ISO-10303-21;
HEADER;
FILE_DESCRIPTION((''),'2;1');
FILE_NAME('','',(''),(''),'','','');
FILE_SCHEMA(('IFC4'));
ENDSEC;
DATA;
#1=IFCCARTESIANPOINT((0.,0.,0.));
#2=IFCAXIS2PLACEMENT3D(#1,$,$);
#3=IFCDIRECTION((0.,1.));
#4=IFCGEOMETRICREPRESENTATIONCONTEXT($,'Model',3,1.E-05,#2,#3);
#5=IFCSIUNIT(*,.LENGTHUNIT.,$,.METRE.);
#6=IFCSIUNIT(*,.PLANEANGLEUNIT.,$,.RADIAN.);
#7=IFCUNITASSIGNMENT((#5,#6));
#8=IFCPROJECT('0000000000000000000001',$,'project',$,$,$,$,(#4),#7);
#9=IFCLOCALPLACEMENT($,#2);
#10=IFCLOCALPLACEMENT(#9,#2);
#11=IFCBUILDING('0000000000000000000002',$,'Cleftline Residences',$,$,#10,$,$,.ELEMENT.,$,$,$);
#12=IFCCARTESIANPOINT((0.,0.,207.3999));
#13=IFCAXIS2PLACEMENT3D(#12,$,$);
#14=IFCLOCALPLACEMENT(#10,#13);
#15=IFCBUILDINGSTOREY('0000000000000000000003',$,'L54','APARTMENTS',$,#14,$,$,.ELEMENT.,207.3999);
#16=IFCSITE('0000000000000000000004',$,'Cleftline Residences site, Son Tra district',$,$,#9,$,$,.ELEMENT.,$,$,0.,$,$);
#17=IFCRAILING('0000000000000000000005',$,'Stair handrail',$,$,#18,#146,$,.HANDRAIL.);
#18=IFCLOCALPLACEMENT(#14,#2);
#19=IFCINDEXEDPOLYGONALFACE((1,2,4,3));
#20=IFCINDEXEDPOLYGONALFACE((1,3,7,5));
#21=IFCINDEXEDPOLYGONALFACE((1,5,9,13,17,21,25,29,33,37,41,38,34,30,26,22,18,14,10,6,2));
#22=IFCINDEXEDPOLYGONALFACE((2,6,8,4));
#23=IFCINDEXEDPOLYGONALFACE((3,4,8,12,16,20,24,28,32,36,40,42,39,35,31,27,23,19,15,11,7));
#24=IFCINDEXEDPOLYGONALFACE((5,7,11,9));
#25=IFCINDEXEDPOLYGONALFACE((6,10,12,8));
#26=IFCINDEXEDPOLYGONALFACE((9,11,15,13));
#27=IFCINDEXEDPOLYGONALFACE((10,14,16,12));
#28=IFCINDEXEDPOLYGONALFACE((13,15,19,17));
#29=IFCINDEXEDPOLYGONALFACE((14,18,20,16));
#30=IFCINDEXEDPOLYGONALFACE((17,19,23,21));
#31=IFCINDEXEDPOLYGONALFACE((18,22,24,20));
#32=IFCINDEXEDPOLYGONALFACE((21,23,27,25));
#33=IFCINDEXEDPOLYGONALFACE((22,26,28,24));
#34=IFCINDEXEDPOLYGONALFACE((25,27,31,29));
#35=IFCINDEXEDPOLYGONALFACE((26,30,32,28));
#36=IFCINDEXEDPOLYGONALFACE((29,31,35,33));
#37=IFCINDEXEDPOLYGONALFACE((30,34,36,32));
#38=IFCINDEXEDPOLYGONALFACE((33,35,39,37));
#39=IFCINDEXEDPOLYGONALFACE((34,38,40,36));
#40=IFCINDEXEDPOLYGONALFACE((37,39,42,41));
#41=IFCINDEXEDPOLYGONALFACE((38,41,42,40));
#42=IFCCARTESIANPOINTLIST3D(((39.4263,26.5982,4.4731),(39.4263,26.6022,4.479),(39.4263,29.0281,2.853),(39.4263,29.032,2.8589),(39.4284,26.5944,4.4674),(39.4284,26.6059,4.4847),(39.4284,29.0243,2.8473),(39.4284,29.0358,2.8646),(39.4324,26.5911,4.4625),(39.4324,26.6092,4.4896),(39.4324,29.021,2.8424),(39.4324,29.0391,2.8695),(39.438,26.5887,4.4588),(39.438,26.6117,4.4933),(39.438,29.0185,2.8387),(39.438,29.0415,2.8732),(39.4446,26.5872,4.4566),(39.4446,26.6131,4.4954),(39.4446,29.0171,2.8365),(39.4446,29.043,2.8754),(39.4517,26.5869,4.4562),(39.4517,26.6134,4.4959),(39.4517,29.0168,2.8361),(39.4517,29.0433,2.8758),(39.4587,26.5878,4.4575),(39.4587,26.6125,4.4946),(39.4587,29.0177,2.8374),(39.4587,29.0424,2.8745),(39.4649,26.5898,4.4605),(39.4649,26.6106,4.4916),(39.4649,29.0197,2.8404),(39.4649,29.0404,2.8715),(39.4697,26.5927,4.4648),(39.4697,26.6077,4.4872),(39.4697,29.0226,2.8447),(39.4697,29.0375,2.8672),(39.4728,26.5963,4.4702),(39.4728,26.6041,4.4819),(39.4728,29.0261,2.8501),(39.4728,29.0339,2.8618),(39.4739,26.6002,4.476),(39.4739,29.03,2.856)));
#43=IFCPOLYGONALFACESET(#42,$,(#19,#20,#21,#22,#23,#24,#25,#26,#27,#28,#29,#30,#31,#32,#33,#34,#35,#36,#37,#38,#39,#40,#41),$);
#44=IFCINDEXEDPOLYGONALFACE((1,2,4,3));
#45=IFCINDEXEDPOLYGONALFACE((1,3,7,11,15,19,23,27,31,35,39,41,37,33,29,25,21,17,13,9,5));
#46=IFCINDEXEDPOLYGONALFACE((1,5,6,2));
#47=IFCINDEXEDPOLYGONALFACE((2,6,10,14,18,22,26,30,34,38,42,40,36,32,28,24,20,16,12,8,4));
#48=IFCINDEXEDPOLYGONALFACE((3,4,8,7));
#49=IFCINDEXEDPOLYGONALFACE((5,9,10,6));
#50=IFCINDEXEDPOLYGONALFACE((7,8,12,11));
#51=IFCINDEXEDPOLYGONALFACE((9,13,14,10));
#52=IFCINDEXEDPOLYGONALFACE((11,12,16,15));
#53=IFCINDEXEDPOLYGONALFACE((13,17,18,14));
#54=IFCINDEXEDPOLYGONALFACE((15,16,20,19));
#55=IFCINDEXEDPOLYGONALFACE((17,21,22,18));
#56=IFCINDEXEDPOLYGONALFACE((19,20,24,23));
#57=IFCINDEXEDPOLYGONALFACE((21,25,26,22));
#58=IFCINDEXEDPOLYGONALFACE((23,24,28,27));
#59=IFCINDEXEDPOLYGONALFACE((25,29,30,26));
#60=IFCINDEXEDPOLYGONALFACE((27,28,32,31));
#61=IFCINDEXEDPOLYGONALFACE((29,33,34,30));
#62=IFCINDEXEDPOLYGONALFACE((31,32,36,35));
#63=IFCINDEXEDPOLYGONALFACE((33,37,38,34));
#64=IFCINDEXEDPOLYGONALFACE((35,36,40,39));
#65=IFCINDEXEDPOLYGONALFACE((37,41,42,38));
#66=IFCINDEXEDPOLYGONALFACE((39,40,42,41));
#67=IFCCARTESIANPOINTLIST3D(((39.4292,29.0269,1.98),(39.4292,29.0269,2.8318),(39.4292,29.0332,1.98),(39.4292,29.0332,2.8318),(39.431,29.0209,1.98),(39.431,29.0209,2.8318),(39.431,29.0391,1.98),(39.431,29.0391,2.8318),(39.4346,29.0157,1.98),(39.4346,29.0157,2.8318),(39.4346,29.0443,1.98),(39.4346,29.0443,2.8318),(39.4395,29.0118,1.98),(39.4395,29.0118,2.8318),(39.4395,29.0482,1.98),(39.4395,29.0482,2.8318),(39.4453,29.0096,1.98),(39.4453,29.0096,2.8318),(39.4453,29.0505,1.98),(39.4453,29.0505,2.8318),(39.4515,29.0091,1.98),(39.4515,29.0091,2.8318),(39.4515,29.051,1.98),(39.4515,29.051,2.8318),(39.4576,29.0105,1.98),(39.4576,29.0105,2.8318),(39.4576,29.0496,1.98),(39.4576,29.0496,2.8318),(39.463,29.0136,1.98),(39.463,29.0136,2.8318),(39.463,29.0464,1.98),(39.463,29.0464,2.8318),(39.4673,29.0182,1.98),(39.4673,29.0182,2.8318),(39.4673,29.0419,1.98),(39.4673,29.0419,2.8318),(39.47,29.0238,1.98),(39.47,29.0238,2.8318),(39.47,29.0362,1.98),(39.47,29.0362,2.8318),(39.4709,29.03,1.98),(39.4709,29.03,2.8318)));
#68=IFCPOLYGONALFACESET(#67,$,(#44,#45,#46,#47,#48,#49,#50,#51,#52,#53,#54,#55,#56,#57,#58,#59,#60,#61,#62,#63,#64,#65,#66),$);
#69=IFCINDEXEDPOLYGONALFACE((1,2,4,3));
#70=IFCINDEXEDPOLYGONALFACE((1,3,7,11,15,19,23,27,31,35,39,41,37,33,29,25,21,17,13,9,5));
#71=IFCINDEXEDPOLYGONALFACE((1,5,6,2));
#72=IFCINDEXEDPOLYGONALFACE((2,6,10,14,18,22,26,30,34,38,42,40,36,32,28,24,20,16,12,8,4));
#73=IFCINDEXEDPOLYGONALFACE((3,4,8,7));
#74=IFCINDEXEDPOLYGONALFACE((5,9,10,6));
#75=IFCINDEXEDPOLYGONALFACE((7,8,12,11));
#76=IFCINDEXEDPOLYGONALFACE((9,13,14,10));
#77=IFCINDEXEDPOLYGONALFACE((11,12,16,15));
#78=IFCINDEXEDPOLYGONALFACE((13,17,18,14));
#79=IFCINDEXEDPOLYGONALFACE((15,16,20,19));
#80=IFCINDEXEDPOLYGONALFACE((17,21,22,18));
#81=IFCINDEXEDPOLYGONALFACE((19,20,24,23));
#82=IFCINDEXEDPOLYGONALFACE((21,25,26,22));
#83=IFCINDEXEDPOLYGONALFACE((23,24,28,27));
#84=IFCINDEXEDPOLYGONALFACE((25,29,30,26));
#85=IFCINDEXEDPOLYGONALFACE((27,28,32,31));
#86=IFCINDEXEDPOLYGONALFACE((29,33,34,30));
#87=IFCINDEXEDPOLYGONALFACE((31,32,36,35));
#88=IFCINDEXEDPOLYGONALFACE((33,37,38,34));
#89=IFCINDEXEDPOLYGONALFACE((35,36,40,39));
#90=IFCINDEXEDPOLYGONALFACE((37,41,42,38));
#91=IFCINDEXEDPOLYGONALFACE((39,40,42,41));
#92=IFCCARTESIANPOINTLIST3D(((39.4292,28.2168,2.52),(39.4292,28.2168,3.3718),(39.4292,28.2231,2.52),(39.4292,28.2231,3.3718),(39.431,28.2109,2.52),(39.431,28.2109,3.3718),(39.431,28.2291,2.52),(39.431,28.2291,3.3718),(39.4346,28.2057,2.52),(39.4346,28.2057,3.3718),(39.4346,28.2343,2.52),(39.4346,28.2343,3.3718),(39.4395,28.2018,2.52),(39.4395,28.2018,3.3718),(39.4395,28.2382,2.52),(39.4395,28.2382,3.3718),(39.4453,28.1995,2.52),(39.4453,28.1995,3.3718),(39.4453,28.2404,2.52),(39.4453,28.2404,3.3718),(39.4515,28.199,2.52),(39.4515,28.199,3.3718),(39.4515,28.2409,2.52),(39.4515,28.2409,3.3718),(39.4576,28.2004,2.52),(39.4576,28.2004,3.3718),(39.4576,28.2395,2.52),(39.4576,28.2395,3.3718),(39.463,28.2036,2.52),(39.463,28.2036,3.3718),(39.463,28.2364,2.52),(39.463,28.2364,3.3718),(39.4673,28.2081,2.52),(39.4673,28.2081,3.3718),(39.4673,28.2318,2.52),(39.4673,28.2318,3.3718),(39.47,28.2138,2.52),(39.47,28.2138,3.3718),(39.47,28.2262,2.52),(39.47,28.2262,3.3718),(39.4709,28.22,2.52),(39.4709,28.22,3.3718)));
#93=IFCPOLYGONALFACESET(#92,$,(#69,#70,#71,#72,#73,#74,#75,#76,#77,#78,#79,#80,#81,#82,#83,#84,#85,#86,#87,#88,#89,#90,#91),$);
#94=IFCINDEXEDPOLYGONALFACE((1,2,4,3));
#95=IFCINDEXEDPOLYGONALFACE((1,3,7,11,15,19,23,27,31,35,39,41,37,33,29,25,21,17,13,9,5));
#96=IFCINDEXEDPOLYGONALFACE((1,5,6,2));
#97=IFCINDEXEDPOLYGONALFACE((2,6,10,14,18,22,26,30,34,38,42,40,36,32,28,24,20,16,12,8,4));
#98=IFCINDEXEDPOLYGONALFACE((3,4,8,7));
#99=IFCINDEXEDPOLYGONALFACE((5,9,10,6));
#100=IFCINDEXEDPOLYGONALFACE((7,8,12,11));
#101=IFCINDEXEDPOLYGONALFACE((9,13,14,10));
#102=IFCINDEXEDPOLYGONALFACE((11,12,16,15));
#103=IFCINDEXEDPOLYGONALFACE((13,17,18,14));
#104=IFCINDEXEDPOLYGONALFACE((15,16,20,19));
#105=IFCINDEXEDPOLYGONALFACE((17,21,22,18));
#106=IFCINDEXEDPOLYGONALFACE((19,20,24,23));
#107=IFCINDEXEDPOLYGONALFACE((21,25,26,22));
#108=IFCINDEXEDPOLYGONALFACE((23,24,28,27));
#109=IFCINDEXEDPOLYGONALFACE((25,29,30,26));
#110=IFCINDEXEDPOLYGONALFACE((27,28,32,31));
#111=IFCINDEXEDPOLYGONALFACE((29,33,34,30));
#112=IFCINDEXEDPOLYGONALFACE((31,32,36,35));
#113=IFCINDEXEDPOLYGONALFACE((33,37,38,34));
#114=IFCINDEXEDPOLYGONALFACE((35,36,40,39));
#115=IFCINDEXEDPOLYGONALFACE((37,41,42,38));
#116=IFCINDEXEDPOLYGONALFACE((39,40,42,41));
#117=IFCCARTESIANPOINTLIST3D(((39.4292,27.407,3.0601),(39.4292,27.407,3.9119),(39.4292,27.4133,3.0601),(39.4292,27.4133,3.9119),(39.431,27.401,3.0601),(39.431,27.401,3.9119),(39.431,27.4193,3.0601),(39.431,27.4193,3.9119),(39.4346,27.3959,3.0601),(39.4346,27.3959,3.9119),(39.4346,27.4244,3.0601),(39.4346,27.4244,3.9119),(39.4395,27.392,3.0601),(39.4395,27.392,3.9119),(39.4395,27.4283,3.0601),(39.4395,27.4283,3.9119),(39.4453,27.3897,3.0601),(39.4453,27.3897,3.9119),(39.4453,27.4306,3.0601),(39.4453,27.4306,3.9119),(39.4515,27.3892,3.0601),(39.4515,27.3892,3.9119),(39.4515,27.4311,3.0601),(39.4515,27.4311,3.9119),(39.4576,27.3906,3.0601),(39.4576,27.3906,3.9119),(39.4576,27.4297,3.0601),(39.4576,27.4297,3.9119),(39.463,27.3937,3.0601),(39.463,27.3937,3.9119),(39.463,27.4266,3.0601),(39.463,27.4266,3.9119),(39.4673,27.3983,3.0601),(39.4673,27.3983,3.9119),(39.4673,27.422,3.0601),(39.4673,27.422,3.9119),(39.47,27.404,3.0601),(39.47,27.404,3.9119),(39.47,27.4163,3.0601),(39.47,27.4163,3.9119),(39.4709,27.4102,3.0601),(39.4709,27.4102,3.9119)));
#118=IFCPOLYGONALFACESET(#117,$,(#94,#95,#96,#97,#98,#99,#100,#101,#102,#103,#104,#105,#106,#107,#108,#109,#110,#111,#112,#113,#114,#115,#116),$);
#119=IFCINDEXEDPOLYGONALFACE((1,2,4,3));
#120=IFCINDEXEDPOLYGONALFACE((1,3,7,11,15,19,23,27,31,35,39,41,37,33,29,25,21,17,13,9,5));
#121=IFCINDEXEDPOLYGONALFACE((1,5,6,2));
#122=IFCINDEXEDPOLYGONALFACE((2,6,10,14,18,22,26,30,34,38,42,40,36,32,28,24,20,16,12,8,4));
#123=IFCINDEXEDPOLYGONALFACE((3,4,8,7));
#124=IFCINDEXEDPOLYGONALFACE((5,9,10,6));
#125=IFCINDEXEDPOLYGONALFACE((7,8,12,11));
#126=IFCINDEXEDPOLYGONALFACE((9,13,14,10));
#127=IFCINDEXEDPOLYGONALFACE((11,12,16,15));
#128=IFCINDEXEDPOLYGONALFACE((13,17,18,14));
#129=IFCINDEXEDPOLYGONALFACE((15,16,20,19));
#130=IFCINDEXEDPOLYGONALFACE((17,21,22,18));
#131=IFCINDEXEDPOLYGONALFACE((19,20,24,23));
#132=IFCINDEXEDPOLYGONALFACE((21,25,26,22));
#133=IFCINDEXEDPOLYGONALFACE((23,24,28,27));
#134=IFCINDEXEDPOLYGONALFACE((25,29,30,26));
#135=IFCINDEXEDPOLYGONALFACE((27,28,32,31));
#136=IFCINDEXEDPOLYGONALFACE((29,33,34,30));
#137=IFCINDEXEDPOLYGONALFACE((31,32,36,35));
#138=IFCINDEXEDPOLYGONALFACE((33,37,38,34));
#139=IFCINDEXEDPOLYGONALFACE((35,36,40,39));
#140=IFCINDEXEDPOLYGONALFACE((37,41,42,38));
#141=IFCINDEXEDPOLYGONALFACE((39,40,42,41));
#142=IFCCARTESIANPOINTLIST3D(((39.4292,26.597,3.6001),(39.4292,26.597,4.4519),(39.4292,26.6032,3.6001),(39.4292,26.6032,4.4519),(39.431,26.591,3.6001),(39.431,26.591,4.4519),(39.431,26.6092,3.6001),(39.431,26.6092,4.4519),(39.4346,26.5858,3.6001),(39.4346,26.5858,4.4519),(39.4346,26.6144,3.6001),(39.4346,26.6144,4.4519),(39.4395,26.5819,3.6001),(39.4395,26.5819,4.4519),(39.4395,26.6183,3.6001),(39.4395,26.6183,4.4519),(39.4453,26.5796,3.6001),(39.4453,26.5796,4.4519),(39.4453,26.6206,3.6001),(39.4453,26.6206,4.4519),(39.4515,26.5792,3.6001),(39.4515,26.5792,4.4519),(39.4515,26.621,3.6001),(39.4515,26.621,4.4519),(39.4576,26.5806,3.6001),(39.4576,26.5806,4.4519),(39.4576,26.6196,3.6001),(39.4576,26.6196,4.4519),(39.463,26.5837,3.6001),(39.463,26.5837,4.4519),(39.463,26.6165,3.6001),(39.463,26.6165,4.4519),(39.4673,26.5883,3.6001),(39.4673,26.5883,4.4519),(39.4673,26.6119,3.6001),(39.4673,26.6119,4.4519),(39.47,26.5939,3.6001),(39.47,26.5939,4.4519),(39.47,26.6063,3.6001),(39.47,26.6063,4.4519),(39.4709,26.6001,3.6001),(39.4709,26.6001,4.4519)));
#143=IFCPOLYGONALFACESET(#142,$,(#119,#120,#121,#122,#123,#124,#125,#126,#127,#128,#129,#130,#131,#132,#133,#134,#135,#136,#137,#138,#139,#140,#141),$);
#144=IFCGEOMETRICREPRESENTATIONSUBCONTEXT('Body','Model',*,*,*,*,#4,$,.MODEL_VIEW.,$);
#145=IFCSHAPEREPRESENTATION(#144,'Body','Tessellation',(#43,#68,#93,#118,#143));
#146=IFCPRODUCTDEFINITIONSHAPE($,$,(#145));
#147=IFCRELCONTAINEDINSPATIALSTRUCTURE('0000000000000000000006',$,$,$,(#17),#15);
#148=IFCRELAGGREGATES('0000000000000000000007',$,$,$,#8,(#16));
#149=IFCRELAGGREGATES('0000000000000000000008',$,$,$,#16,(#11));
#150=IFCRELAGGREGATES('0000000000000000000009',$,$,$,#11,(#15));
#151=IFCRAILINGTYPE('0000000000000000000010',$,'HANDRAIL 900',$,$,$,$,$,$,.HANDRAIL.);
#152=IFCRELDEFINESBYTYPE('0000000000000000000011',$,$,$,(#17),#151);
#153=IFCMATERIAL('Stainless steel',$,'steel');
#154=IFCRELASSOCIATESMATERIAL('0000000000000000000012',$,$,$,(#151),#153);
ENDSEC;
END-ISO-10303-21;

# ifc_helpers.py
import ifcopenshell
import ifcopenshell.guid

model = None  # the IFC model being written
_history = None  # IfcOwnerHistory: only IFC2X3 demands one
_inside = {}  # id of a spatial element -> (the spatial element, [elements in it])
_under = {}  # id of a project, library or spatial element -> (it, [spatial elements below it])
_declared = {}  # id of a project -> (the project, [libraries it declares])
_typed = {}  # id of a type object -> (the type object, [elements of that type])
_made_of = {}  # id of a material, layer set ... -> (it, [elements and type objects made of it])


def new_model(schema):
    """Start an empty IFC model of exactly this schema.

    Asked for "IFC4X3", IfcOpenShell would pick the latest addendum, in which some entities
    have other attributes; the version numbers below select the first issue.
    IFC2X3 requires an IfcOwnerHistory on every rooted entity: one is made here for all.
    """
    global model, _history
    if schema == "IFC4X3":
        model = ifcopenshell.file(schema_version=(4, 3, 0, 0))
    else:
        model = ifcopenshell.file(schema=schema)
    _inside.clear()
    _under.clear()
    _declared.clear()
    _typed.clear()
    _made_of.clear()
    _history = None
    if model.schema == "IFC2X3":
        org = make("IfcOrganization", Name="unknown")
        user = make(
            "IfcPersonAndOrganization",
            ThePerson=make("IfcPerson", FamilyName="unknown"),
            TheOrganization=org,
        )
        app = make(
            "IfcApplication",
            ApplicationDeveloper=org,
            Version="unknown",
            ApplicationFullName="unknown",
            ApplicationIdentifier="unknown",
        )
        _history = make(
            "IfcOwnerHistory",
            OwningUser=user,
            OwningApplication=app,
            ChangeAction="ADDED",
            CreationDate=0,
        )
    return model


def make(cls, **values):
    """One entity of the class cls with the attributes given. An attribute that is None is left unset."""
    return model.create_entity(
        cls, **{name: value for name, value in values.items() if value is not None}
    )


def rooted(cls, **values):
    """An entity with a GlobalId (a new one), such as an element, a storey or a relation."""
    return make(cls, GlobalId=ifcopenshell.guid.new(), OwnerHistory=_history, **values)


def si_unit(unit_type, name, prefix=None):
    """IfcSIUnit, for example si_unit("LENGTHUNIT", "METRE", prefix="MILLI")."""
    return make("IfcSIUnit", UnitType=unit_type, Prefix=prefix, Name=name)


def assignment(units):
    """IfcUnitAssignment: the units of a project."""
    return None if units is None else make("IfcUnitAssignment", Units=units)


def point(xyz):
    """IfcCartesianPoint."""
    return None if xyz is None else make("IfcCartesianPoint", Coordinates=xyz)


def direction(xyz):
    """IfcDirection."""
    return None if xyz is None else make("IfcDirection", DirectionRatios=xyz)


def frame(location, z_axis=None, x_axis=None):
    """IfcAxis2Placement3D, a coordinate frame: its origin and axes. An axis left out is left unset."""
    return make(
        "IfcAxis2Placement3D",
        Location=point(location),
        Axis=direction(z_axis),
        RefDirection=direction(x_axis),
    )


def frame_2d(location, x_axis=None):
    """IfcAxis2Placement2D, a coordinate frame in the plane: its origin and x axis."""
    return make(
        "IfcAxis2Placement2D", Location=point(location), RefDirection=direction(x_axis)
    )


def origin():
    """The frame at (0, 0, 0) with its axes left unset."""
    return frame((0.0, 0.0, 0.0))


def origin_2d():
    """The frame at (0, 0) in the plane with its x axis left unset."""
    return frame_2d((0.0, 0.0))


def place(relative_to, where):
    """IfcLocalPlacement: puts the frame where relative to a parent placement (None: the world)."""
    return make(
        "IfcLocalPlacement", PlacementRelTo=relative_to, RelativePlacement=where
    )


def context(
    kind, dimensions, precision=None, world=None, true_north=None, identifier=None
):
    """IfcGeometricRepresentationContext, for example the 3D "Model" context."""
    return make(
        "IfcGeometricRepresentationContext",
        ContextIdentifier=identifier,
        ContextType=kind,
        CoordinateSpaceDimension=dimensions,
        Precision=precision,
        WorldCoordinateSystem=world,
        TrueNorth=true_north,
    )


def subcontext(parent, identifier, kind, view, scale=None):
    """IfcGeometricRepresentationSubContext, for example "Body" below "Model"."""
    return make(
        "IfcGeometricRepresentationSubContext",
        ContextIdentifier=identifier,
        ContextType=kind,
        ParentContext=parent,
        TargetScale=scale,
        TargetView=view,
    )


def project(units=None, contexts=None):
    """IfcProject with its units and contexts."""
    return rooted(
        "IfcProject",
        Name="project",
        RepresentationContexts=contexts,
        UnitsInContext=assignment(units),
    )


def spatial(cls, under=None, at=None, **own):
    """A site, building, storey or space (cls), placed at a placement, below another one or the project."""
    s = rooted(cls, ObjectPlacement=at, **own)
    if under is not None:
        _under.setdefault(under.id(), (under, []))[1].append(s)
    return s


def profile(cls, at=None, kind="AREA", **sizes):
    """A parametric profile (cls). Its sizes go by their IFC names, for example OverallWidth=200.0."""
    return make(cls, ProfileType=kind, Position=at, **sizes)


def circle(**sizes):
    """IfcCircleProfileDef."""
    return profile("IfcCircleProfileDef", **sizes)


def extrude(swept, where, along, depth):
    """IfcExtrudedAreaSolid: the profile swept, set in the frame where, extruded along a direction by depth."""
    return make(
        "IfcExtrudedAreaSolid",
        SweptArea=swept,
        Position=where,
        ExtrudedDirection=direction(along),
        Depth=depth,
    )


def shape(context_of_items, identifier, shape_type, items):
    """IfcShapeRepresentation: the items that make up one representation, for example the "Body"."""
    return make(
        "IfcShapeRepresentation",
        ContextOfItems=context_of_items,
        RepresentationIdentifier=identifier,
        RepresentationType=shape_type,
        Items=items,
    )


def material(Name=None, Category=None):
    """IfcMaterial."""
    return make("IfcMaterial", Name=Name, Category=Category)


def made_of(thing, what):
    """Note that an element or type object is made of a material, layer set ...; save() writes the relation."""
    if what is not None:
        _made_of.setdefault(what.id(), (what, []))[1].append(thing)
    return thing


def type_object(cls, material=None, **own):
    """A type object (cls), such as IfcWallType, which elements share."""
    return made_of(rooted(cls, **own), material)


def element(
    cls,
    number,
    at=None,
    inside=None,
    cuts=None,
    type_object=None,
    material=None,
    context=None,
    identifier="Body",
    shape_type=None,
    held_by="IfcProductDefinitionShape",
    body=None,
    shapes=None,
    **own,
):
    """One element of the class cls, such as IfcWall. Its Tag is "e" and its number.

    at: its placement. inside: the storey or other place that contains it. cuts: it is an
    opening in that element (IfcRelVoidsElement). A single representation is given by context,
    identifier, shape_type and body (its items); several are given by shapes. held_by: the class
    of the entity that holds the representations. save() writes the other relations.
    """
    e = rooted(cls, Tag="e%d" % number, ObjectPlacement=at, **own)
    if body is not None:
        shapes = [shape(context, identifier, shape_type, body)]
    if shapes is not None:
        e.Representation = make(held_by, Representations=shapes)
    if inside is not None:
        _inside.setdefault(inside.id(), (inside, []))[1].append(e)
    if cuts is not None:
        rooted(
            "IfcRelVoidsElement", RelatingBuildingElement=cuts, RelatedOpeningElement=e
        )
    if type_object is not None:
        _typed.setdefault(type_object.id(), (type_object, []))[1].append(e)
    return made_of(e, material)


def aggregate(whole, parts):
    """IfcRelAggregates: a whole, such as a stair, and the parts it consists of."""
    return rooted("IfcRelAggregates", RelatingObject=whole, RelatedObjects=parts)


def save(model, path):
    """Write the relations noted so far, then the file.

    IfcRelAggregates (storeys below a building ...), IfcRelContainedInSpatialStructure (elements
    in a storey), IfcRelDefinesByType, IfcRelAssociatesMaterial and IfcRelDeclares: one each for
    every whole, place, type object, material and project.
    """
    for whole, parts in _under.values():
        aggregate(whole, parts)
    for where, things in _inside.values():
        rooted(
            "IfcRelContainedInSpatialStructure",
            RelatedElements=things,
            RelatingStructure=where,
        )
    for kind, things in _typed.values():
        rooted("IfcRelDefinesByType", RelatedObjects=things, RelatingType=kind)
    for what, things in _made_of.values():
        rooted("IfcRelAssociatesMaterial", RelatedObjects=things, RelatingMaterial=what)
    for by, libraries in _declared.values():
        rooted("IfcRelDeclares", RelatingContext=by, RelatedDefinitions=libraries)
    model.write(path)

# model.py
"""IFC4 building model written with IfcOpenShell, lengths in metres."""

from ifc_helpers import new_model, si_unit, direction, frame, origin, origin_2d, place, context, subcontext, project, spatial, circle, extrude, material, type_object, element, save


model = new_model("IFC4")

# Units and contexts
model_context = context("Model", 3, precision=1e-05, world=origin(), true_north=direction((0.0, 1.0)))
body_context = subcontext(model_context, "Body", "Model", "MODEL_VIEW")
ifc_project = project(units=[si_unit("LENGTHUNIT", "METRE"), si_unit("PLANEANGLEUNIT", "RADIAN")], contexts=[model_context])

# Site, building, storey
site_placement = place(None, origin())
site = spatial("IfcSite", under=ifc_project, at=site_placement, Name="Cleftline Residences site, Son Tra district", CompositionType="ELEMENT", RefElevation=0.0)
building_placement = place(site_placement, origin())
building = spatial("IfcBuilding", under=site, at=building_placement, Name="Cleftline Residences", CompositionType="ELEMENT")
storey_placement = place(building_placement, frame((0.0, 0.0, 207.3999)))
storey = spatial("IfcBuildingStorey", under=building, at=storey_placement, Name="L54", Description="APARTMENTS", CompositionType="ELEMENT", Elevation=207.3999)

# Railing
ifc_material_1 = material(Name="Stainless steel", Category="steel")
railing_type = type_object("IfcRailingType", Name="HANDRAIL 900", PredefinedType="HANDRAIL", material=ifc_material_1)
railing_1_placement = place(storey_placement, frame((39.45, 29.03, 1.98)))
element("IfcRailing", 1, at=railing_1_placement, inside=storey, type_object=railing_type, Name="Stair handrail", PredefinedType="HANDRAIL", context=body_context, shape_type="SweptSolid", body=[
    extrude(circle(Radius=0.0239, at=origin_2d()), frame((0.0, 0.0, 0.876), z_axis=(0.0, -0.832025, 0.554739), x_axis=(1.0, 0.0, 0.0)), (0.0, 0.0, 1.0), 2.9204),
    extrude(circle(Radius=0.021, at=origin_2d()), origin(), (0.0, 0.0, 1.0), 0.8518),
    extrude(circle(Radius=0.021, at=origin_2d()), frame((0.0, -0.8101, 0.54)), (0.0, 0.0, 1.0), 0.8518),
    extrude(circle(Radius=0.021, at=origin_2d()), frame((0.0, -1.6199, 1.0801)), (0.0, 0.0, 1.0), 0.8518),
    extrude(circle(Radius=0.021, at=origin_2d()), frame((0.0, -2.4299, 1.6201)), (0.0, 0.0, 1.0), 0.8518),
])

save(model, "model.ifc")
